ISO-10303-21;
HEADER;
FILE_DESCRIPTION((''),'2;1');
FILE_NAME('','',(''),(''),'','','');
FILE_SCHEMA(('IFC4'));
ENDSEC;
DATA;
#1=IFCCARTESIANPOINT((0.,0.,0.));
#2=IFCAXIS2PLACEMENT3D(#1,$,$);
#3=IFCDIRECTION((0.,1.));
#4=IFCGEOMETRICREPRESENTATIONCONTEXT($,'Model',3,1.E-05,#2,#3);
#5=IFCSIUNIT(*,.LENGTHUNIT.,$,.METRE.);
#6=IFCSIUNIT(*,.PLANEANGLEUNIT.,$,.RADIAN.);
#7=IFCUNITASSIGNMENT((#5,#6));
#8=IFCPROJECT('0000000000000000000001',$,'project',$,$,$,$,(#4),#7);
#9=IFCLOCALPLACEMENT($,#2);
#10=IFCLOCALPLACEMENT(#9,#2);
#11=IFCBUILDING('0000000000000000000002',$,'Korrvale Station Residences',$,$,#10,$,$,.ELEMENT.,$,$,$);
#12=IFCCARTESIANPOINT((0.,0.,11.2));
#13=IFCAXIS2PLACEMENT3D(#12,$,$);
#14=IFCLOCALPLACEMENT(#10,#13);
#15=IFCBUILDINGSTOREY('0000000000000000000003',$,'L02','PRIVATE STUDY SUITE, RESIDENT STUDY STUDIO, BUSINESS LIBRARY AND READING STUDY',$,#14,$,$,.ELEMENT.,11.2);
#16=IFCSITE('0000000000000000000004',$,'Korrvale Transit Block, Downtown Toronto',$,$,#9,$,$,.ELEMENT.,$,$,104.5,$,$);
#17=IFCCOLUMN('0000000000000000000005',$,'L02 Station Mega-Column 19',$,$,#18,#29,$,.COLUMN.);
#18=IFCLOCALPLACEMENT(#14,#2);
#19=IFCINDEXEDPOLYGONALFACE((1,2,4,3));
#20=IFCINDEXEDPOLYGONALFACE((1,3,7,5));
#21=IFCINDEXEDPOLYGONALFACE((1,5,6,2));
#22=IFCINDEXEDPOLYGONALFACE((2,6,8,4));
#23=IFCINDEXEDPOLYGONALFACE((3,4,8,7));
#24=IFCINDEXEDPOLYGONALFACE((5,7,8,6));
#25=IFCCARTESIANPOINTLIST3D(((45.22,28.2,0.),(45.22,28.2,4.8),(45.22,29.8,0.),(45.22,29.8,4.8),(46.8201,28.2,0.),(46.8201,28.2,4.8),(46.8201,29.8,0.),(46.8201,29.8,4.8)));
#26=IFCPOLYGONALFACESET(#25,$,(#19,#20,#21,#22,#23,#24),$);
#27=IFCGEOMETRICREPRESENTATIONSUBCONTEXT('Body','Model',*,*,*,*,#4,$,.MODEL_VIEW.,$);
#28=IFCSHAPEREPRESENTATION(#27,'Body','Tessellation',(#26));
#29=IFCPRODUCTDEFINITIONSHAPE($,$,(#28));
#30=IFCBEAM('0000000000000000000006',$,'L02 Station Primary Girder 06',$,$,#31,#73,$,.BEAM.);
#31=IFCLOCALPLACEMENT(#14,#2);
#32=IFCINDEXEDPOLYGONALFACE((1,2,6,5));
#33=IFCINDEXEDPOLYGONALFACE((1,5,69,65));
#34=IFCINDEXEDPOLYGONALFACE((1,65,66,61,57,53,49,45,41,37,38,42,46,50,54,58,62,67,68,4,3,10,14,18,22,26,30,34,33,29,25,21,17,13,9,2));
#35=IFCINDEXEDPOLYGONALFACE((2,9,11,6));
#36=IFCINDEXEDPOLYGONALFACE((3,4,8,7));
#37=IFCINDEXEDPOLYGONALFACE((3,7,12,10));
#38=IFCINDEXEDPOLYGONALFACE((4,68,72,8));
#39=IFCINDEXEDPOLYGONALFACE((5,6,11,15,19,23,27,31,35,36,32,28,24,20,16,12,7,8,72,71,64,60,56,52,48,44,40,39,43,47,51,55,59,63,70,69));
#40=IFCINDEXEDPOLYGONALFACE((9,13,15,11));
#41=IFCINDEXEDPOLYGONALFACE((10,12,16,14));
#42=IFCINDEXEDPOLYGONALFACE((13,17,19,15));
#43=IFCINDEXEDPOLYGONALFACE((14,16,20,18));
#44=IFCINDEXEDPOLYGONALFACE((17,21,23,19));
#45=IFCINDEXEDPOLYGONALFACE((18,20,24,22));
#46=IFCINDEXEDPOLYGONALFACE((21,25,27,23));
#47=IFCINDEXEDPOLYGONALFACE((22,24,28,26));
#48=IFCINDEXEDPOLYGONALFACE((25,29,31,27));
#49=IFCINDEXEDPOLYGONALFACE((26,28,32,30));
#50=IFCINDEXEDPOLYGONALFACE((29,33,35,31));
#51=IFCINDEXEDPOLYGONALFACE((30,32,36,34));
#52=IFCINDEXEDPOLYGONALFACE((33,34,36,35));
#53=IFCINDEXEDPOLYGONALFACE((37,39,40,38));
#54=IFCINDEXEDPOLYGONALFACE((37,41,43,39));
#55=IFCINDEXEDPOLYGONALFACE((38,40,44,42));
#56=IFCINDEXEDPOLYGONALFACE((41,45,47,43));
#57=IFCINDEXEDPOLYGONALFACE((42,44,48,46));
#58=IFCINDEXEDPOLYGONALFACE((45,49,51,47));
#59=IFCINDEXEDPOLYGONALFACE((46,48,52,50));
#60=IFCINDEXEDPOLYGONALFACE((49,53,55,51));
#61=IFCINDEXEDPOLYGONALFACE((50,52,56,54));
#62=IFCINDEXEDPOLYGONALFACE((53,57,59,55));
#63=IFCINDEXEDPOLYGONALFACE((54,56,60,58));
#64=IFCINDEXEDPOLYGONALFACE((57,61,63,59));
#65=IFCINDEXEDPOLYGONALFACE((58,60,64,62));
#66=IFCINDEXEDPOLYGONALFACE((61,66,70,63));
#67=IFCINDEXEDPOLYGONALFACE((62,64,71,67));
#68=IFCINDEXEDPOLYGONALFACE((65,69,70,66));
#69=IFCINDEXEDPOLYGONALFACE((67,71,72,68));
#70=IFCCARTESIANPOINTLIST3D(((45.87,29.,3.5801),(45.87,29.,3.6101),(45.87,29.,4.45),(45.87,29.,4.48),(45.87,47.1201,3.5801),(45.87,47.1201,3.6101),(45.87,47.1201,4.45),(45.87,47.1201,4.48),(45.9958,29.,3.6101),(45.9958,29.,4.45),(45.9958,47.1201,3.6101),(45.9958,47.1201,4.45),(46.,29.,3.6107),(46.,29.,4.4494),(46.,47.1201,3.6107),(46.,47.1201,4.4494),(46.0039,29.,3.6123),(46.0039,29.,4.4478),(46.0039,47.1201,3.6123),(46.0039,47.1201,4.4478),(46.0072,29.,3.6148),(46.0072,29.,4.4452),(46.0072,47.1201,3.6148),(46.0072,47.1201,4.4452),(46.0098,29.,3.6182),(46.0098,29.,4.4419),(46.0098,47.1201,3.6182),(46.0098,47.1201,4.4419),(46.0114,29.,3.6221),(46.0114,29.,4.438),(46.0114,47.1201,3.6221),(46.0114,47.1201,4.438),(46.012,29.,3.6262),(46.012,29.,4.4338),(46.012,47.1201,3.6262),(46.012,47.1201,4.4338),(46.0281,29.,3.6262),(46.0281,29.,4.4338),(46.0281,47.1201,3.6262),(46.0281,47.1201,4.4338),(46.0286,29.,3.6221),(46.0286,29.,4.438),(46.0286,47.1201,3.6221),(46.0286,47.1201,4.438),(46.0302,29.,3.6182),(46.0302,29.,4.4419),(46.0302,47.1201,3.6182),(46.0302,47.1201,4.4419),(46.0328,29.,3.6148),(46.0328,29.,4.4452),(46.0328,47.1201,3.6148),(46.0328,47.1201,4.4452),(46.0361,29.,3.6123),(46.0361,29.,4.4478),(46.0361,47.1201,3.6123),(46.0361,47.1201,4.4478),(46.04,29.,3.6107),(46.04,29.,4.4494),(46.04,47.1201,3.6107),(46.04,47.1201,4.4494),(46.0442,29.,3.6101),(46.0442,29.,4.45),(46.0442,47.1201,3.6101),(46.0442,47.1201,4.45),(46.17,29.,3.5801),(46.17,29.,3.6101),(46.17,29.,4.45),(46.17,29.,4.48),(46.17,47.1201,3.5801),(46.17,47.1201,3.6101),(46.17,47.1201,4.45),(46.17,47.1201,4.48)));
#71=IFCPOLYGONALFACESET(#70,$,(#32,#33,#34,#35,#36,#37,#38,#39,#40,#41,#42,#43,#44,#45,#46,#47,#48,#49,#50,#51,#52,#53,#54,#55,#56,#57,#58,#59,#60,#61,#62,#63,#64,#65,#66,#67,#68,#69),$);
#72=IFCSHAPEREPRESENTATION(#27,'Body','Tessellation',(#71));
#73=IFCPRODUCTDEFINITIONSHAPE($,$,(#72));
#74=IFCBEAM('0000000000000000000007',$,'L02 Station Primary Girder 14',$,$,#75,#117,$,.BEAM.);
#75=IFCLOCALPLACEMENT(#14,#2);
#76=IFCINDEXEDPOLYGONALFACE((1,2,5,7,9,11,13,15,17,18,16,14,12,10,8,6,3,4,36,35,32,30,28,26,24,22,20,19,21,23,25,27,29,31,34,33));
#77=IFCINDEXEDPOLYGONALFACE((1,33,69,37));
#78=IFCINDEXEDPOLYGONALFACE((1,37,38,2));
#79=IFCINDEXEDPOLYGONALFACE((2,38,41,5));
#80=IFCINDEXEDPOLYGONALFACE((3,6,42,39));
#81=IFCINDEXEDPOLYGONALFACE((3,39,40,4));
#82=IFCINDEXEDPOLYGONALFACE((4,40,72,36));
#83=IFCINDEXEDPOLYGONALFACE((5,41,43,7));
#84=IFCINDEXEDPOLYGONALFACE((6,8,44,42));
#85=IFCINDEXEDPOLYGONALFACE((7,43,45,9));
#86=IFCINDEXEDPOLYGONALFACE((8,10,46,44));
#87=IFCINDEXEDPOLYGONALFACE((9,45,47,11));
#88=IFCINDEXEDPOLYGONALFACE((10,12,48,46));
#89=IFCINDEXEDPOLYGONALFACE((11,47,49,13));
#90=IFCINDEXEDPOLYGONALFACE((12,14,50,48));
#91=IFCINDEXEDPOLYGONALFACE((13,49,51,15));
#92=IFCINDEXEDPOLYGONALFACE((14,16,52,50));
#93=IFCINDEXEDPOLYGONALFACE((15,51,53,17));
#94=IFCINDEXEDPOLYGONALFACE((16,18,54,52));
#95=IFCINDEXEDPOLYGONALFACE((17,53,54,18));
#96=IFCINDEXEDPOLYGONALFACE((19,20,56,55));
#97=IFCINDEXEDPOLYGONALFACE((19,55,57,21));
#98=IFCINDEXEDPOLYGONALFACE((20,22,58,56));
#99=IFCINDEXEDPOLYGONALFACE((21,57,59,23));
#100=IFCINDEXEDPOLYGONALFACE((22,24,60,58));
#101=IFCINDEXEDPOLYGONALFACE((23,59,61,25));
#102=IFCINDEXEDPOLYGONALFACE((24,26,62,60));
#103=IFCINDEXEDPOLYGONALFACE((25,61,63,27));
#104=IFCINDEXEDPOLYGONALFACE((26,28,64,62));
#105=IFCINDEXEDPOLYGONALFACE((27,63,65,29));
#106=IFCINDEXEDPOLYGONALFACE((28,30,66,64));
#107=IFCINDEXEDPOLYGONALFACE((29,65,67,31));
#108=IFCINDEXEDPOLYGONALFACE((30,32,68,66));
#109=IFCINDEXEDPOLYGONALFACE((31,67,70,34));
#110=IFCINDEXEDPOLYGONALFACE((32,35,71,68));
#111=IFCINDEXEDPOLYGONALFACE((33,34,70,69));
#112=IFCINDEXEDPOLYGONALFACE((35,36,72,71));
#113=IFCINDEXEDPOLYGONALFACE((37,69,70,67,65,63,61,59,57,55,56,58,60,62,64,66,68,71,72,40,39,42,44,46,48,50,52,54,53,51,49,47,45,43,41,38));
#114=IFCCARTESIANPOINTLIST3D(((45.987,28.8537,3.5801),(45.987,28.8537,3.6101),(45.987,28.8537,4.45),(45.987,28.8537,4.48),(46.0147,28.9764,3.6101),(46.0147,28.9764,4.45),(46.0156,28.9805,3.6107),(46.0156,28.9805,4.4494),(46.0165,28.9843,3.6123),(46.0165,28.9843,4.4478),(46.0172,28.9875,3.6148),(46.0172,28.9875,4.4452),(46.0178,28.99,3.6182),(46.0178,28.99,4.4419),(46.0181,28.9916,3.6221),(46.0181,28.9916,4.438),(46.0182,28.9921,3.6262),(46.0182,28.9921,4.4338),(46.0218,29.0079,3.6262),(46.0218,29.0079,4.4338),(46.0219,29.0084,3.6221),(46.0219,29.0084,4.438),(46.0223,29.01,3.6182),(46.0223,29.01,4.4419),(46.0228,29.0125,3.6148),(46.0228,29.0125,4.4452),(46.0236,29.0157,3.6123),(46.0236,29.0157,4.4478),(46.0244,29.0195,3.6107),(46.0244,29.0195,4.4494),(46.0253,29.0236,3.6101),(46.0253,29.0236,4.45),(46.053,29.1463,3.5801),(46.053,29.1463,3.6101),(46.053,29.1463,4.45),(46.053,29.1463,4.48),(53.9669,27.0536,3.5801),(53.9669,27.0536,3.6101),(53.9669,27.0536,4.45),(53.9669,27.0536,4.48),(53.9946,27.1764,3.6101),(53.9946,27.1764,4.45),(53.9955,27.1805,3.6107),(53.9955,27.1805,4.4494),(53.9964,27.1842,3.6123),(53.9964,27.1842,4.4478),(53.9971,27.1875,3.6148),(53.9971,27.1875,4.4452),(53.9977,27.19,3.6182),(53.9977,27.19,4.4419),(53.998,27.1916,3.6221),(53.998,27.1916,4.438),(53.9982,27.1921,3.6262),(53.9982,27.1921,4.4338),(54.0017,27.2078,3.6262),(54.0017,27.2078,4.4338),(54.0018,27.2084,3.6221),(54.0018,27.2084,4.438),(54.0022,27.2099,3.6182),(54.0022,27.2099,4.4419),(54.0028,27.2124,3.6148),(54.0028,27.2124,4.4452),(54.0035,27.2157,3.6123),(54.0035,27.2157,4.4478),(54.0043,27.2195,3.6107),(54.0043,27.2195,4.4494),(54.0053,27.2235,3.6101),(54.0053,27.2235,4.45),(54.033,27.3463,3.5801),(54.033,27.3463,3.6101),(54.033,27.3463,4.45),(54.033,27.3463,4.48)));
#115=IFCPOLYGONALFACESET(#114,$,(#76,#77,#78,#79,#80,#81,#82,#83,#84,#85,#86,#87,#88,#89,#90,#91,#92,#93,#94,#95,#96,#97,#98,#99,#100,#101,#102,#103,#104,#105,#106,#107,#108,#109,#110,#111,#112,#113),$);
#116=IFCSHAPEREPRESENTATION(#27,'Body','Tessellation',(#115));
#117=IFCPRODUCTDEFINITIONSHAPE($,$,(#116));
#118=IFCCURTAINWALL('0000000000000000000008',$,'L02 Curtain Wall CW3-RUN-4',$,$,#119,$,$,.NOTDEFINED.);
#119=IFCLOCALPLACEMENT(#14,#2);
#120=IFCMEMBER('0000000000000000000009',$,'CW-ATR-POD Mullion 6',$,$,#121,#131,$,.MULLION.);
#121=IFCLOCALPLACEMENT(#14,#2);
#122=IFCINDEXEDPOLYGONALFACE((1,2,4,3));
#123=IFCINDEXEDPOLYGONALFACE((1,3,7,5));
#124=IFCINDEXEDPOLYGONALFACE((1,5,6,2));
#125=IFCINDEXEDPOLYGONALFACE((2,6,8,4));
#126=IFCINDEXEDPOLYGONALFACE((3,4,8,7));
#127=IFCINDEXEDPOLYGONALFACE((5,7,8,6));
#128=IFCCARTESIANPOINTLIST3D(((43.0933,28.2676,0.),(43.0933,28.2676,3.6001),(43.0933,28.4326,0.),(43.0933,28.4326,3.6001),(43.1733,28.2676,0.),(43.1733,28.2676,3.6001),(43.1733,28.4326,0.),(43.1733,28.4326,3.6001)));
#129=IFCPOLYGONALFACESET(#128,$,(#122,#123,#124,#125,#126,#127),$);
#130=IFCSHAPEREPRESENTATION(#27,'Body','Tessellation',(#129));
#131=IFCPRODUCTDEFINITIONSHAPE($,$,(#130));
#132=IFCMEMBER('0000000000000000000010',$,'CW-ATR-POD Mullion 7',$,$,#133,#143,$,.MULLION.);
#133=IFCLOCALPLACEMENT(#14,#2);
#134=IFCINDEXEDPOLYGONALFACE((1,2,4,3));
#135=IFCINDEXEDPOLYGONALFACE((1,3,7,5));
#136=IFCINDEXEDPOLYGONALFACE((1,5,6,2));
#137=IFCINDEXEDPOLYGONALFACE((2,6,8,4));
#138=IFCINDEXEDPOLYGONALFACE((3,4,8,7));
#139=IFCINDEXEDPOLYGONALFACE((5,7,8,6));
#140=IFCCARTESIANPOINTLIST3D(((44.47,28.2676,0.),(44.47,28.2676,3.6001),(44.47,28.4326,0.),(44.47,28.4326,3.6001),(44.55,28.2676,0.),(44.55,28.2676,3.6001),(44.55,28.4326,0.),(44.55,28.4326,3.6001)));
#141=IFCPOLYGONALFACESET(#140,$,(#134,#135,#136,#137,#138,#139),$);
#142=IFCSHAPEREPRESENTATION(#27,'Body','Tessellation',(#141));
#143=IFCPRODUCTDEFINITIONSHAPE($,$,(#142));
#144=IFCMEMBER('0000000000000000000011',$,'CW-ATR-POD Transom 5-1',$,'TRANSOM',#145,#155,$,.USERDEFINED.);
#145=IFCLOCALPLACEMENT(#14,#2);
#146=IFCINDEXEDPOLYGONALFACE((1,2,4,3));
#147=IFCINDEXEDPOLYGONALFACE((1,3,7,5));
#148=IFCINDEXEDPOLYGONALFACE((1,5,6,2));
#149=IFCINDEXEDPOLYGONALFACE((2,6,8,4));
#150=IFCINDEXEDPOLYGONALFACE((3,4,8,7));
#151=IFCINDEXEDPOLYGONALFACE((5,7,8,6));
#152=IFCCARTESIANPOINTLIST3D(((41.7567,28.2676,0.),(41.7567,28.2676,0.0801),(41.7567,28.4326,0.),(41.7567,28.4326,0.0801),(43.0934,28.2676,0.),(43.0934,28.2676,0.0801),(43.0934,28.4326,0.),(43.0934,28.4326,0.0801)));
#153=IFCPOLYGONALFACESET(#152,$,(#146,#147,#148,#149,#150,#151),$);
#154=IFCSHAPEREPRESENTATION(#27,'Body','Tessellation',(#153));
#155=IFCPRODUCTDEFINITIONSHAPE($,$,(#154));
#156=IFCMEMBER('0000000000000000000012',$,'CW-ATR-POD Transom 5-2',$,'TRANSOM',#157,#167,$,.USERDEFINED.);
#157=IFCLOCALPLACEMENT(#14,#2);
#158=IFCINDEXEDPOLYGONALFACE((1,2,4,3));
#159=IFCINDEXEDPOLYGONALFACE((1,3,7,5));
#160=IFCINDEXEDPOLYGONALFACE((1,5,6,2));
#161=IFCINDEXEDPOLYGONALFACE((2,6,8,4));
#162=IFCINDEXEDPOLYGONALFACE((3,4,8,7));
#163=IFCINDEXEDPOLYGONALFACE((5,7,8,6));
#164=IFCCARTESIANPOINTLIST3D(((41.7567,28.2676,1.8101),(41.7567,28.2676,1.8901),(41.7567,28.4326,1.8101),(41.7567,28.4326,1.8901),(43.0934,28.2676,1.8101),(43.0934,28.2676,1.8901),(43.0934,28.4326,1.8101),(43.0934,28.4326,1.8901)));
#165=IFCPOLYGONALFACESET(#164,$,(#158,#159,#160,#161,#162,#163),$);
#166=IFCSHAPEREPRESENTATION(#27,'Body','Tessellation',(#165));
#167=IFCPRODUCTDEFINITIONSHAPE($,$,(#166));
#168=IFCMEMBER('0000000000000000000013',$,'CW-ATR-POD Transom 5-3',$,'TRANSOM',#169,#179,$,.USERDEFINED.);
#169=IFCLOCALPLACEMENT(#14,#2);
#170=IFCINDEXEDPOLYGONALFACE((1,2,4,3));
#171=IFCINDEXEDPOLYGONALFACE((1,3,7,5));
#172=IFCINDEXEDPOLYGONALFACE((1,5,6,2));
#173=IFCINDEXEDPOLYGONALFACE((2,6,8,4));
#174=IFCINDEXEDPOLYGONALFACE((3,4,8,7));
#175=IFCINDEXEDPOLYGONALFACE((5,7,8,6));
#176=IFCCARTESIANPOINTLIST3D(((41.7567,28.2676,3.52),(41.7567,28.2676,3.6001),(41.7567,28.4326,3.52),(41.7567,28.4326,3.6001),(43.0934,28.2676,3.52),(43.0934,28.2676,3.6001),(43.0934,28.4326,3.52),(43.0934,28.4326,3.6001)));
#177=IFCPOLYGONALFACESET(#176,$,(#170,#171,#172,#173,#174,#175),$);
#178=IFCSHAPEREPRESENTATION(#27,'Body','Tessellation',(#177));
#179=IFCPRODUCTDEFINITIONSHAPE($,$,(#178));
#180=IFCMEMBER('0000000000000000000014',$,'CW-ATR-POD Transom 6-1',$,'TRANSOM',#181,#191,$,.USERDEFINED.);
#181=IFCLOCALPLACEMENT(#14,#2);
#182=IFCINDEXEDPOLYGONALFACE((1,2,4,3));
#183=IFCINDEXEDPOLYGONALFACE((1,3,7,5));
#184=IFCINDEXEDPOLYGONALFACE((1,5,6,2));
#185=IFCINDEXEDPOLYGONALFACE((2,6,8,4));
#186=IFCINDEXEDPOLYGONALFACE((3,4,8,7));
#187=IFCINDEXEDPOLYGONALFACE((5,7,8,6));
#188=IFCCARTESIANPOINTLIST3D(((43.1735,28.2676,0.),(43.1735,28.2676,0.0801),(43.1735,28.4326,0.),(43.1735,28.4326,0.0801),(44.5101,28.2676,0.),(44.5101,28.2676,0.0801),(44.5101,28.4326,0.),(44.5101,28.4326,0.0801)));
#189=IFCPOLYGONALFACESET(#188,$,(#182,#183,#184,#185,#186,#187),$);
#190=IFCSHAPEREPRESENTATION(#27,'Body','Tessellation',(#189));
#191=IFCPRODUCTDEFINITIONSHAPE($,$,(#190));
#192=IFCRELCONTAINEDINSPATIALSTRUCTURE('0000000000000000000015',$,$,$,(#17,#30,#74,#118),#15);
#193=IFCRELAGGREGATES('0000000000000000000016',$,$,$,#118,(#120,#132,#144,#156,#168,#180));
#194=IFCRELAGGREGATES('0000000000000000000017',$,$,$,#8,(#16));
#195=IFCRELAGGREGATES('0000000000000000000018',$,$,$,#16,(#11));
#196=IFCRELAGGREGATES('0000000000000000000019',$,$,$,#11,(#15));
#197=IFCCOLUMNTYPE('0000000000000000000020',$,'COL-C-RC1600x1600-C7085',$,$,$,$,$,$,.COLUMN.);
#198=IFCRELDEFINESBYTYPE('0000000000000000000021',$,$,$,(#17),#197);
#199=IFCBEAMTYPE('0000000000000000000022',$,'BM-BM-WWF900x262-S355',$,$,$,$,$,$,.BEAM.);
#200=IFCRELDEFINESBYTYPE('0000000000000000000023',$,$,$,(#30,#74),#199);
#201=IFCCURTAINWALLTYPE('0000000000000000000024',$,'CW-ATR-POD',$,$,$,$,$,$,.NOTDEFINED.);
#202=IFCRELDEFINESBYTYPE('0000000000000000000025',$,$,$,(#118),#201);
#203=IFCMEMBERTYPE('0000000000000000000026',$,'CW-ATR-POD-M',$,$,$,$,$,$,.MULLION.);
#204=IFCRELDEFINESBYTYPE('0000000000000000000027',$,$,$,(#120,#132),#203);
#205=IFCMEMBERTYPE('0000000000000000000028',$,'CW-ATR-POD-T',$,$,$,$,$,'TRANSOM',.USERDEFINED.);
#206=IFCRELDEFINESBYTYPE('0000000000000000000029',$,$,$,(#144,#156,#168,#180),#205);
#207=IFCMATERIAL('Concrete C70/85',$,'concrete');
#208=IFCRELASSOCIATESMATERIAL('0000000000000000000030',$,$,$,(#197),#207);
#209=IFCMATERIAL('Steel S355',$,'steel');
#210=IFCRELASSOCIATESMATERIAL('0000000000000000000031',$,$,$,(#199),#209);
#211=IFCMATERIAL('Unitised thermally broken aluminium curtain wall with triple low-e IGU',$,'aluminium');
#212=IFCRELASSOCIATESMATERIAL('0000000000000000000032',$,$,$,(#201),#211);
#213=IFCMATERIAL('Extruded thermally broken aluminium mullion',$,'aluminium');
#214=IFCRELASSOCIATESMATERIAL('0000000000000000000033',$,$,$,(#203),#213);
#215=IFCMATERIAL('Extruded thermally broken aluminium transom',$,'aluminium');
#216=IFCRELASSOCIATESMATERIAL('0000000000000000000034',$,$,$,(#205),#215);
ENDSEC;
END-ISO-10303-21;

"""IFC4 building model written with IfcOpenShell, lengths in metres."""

from ifc_helpers import new_model, si_unit, direction, frame, origin, origin_2d, place, context, subcontext, project, spatial, rectangle, i_section, extrude, material, material_profile, profile_set, type_object, element, aggregate, save


model = new_model("IFC4")

# Units and contexts
model_context = context("Model", 3, precision=1e-05, world=origin(), true_north=direction((0.0, 1.0)))
body_context = subcontext(model_context, "Body", "Model", "MODEL_VIEW")
ifc_project = project(units=[si_unit("LENGTHUNIT", "METRE"), si_unit("PLANEANGLEUNIT", "RADIAN")], contexts=[model_context])

# Site, building, storey
site_placement = place(None, origin())
site = spatial("IfcSite", under=ifc_project, at=site_placement, Name="Korrvale Transit Block, Downtown Toronto", CompositionType="ELEMENT", RefElevation=104.5)
building_placement = place(site_placement, origin())
building = spatial("IfcBuilding", under=site, at=building_placement, Name="Korrvale Station Residences", CompositionType="ELEMENT")
storey_placement = place(building_placement, frame((0.0, 0.0, 11.2)))
storey = spatial("IfcBuildingStorey", under=building, at=storey_placement, Name="L02", Description="PRIVATE STUDY SUITE, RESIDENT STUDY STUDIO, BUSINESS LIBRARY AND READING STUDY", CompositionType="ELEMENT", Elevation=11.2)

# Column
ifc_material_1 = material(Name="Concrete C70/85", Category="concrete")
ifc_material_profile_1 = material_profile(ifc_material_1, rectangle(XDim=1.6001, YDim=1.6001, at=origin_2d()), Name="RC1600x1600")
ifc_profile_set_1 = profile_set([ifc_material_profile_1], Name="Concrete C70/85")
column_type = type_object("IfcColumnType", Name="COL-C-RC1600x1600-C7085", PredefinedType="COLUMN", material=ifc_profile_set_1)
column_placement = place(storey_placement, frame((46.02, 29.0, 0.0), z_axis=(0.0, 0.0, 1.0), x_axis=(1.0, 0.0, 0.0)))
element("IfcColumn", 1, at=column_placement, inside=storey, type_object=column_type, Name="L02 Station Mega-Column 19", PredefinedType="COLUMN", context=body_context, shape_type="SweptSolid", body=[
    extrude(rectangle(XDim=1.6001, YDim=1.6001, at=origin_2d()), origin(), (0.0, 0.0, 1.0), 4.8),
])

# Beams
ifc_material_2 = material(Name="Steel S355", Category="steel")
ifc_material_profile_2 = material_profile(ifc_material_2, i_section(OverallWidth=0.3, OverallDepth=0.8999, WebThickness=0.0161, FlangeThickness=0.03, FilletRadius=0.0161, at=origin_2d()), Name="WWF900x262")
ifc_profile_set_2 = profile_set([ifc_material_profile_2], Name="Steel S355")
beam_type = type_object("IfcBeamType", Name="BM-BM-WWF900x262-S355", PredefinedType="BEAM", material=ifc_profile_set_2)
beam_1_placement = place(storey_placement, frame((46.02, 29.0, 4.03), z_axis=(0.0, 1.0, 0.0), x_axis=(-1.0, 0.0, 0.0)))
element("IfcBeam", 2, at=beam_1_placement, inside=storey, type_object=beam_type, Name="L02 Station Primary Girder 06", PredefinedType="BEAM", context=body_context, shape_type="SweptSolid", body=[
    extrude(i_section(OverallWidth=0.3, OverallDepth=0.8999, WebThickness=0.0161, FlangeThickness=0.03, FilletRadius=0.0161, at=origin_2d()), origin(), (0.0, 0.0, 1.0), 18.1201),
])
beam_2_placement = place(storey_placement, frame((46.02, 29.0, 4.03), z_axis=(0.97549, -0.220042, 0.0), x_axis=(0.220042, 0.97549, 0.0)))
element("IfcBeam", 3, at=beam_2_placement, inside=storey, type_object=beam_type, Name="L02 Station Primary Girder 14", PredefinedType="BEAM", context=body_context, shape_type="SweptSolid", body=[
    extrude(i_section(OverallWidth=0.3, OverallDepth=0.8999, WebThickness=0.0161, FlangeThickness=0.03, FilletRadius=0.0161, at=origin_2d()), origin(), (0.0, 0.0, 1.0), 8.1804),
])

# Curtain wall, members
ifc_material_3 = material(Name="Unitised thermally broken aluminium curtain wall with triple low-e IGU", Category="aluminium")
curtain_wall_type_1 = type_object("IfcCurtainWallType", Name="CW-ATR-POD", PredefinedType="NOTDEFINED", material=ifc_material_3)
curtain_wall_1_placement = place(storey_placement, origin())
curtain_wall_1 = element("IfcCurtainWall", 4, at=curtain_wall_1_placement, inside=storey, type_object=curtain_wall_type_1, Name="L02 Curtain Wall CW3-RUN-4", PredefinedType="NOTDEFINED")
ifc_material_4 = material(Name="Extruded thermally broken aluminium mullion", Category="aluminium")
member_type_1 = type_object("IfcMemberType", Name="CW-ATR-POD-M", PredefinedType="MULLION", material=ifc_material_4)
member_1_placement = place(storey_placement, frame((43.1333, 28.3501, 0.0), z_axis=(0.0, 0.0, 1.0), x_axis=(1.0, 0.0, 0.0)))
member_1 = element("IfcMember", 5, at=member_1_placement, type_object=member_type_1, Name="CW-ATR-POD Mullion 6", PredefinedType="MULLION", context=body_context, shape_type="SweptSolid", body=[
    extrude(rectangle(XDim=0.0801, YDim=0.165, at=origin_2d()), origin(), (0.0, 0.0, 1.0), 3.6001),
])
member_2_placement = place(storey_placement, frame((44.51, 28.3501, 0.0), z_axis=(0.0, 0.0, 1.0), x_axis=(1.0, 0.0, 0.0)))
member_2 = element("IfcMember", 6, at=member_2_placement, type_object=member_type_1, Name="CW-ATR-POD Mullion 7", PredefinedType="MULLION", context=body_context, shape_type="SweptSolid", body=[
    extrude(rectangle(XDim=0.0801, YDim=0.165, at=origin_2d()), origin(), (0.0, 0.0, 1.0), 3.6001),
])
ifc_material_5 = material(Name="Extruded thermally broken aluminium transom", Category="aluminium")
member_type_2 = type_object("IfcMemberType", Name="CW-ATR-POD-T", ElementType="TRANSOM", PredefinedType="USERDEFINED", material=ifc_material_5)
member_3_placement = place(storey_placement, frame((42.425, 28.3501, 0.0), z_axis=(0.0, 0.0, 1.0), x_axis=(1.0, 0.0, 0.0)))
member_3 = element("IfcMember", 7, at=member_3_placement, type_object=member_type_2, Name="CW-ATR-POD Transom 5-1", ObjectType="TRANSOM", PredefinedType="USERDEFINED", context=body_context, shape_type="SweptSolid", body=[
    extrude(rectangle(XDim=1.3367, YDim=0.165, at=origin_2d()), origin(), (0.0, 0.0, 1.0), 0.0801),
])
member_4_placement = place(storey_placement, frame((42.425, 28.3501, 1.8101), z_axis=(0.0, 0.0, 1.0), x_axis=(1.0, 0.0, 0.0)))
member_4 = element("IfcMember", 8, at=member_4_placement, type_object=member_type_2, Name="CW-ATR-POD Transom 5-2", ObjectType="TRANSOM", PredefinedType="USERDEFINED", context=body_context, shape_type="SweptSolid", body=[
    extrude(rectangle(XDim=1.3367, YDim=0.165, at=origin_2d()), origin(), (0.0, 0.0, 1.0), 0.0801),
])
member_5_placement = place(storey_placement, frame((42.425, 28.3501, 3.52), z_axis=(0.0, 0.0, 1.0), x_axis=(1.0, 0.0, 0.0)))
member_5 = element("IfcMember", 9, at=member_5_placement, type_object=member_type_2, Name="CW-ATR-POD Transom 5-3", ObjectType="TRANSOM", PredefinedType="USERDEFINED", context=body_context, shape_type="SweptSolid", body=[
    extrude(rectangle(XDim=1.3367, YDim=0.165, at=origin_2d()), origin(), (0.0, 0.0, 1.0), 0.0801),
])
member_6_placement = place(storey_placement, frame((43.8418, 28.3501, 0.0), z_axis=(0.0, 0.0, 1.0), x_axis=(1.0, 0.0, 0.0)))
member_6 = element("IfcMember", 10, at=member_6_placement, type_object=member_type_2, Name="CW-ATR-POD Transom 6-1", ObjectType="TRANSOM", PredefinedType="USERDEFINED", context=body_context, shape_type="SweptSolid", body=[
    extrude(rectangle(XDim=1.3367, YDim=0.165, at=origin_2d()), origin(), (0.0, 0.0, 1.0), 0.0801),
])

aggregate(curtain_wall_1, [member_1, member_2, member_3, member_4, member_5, member_6])

save(model, "model.ifc")
